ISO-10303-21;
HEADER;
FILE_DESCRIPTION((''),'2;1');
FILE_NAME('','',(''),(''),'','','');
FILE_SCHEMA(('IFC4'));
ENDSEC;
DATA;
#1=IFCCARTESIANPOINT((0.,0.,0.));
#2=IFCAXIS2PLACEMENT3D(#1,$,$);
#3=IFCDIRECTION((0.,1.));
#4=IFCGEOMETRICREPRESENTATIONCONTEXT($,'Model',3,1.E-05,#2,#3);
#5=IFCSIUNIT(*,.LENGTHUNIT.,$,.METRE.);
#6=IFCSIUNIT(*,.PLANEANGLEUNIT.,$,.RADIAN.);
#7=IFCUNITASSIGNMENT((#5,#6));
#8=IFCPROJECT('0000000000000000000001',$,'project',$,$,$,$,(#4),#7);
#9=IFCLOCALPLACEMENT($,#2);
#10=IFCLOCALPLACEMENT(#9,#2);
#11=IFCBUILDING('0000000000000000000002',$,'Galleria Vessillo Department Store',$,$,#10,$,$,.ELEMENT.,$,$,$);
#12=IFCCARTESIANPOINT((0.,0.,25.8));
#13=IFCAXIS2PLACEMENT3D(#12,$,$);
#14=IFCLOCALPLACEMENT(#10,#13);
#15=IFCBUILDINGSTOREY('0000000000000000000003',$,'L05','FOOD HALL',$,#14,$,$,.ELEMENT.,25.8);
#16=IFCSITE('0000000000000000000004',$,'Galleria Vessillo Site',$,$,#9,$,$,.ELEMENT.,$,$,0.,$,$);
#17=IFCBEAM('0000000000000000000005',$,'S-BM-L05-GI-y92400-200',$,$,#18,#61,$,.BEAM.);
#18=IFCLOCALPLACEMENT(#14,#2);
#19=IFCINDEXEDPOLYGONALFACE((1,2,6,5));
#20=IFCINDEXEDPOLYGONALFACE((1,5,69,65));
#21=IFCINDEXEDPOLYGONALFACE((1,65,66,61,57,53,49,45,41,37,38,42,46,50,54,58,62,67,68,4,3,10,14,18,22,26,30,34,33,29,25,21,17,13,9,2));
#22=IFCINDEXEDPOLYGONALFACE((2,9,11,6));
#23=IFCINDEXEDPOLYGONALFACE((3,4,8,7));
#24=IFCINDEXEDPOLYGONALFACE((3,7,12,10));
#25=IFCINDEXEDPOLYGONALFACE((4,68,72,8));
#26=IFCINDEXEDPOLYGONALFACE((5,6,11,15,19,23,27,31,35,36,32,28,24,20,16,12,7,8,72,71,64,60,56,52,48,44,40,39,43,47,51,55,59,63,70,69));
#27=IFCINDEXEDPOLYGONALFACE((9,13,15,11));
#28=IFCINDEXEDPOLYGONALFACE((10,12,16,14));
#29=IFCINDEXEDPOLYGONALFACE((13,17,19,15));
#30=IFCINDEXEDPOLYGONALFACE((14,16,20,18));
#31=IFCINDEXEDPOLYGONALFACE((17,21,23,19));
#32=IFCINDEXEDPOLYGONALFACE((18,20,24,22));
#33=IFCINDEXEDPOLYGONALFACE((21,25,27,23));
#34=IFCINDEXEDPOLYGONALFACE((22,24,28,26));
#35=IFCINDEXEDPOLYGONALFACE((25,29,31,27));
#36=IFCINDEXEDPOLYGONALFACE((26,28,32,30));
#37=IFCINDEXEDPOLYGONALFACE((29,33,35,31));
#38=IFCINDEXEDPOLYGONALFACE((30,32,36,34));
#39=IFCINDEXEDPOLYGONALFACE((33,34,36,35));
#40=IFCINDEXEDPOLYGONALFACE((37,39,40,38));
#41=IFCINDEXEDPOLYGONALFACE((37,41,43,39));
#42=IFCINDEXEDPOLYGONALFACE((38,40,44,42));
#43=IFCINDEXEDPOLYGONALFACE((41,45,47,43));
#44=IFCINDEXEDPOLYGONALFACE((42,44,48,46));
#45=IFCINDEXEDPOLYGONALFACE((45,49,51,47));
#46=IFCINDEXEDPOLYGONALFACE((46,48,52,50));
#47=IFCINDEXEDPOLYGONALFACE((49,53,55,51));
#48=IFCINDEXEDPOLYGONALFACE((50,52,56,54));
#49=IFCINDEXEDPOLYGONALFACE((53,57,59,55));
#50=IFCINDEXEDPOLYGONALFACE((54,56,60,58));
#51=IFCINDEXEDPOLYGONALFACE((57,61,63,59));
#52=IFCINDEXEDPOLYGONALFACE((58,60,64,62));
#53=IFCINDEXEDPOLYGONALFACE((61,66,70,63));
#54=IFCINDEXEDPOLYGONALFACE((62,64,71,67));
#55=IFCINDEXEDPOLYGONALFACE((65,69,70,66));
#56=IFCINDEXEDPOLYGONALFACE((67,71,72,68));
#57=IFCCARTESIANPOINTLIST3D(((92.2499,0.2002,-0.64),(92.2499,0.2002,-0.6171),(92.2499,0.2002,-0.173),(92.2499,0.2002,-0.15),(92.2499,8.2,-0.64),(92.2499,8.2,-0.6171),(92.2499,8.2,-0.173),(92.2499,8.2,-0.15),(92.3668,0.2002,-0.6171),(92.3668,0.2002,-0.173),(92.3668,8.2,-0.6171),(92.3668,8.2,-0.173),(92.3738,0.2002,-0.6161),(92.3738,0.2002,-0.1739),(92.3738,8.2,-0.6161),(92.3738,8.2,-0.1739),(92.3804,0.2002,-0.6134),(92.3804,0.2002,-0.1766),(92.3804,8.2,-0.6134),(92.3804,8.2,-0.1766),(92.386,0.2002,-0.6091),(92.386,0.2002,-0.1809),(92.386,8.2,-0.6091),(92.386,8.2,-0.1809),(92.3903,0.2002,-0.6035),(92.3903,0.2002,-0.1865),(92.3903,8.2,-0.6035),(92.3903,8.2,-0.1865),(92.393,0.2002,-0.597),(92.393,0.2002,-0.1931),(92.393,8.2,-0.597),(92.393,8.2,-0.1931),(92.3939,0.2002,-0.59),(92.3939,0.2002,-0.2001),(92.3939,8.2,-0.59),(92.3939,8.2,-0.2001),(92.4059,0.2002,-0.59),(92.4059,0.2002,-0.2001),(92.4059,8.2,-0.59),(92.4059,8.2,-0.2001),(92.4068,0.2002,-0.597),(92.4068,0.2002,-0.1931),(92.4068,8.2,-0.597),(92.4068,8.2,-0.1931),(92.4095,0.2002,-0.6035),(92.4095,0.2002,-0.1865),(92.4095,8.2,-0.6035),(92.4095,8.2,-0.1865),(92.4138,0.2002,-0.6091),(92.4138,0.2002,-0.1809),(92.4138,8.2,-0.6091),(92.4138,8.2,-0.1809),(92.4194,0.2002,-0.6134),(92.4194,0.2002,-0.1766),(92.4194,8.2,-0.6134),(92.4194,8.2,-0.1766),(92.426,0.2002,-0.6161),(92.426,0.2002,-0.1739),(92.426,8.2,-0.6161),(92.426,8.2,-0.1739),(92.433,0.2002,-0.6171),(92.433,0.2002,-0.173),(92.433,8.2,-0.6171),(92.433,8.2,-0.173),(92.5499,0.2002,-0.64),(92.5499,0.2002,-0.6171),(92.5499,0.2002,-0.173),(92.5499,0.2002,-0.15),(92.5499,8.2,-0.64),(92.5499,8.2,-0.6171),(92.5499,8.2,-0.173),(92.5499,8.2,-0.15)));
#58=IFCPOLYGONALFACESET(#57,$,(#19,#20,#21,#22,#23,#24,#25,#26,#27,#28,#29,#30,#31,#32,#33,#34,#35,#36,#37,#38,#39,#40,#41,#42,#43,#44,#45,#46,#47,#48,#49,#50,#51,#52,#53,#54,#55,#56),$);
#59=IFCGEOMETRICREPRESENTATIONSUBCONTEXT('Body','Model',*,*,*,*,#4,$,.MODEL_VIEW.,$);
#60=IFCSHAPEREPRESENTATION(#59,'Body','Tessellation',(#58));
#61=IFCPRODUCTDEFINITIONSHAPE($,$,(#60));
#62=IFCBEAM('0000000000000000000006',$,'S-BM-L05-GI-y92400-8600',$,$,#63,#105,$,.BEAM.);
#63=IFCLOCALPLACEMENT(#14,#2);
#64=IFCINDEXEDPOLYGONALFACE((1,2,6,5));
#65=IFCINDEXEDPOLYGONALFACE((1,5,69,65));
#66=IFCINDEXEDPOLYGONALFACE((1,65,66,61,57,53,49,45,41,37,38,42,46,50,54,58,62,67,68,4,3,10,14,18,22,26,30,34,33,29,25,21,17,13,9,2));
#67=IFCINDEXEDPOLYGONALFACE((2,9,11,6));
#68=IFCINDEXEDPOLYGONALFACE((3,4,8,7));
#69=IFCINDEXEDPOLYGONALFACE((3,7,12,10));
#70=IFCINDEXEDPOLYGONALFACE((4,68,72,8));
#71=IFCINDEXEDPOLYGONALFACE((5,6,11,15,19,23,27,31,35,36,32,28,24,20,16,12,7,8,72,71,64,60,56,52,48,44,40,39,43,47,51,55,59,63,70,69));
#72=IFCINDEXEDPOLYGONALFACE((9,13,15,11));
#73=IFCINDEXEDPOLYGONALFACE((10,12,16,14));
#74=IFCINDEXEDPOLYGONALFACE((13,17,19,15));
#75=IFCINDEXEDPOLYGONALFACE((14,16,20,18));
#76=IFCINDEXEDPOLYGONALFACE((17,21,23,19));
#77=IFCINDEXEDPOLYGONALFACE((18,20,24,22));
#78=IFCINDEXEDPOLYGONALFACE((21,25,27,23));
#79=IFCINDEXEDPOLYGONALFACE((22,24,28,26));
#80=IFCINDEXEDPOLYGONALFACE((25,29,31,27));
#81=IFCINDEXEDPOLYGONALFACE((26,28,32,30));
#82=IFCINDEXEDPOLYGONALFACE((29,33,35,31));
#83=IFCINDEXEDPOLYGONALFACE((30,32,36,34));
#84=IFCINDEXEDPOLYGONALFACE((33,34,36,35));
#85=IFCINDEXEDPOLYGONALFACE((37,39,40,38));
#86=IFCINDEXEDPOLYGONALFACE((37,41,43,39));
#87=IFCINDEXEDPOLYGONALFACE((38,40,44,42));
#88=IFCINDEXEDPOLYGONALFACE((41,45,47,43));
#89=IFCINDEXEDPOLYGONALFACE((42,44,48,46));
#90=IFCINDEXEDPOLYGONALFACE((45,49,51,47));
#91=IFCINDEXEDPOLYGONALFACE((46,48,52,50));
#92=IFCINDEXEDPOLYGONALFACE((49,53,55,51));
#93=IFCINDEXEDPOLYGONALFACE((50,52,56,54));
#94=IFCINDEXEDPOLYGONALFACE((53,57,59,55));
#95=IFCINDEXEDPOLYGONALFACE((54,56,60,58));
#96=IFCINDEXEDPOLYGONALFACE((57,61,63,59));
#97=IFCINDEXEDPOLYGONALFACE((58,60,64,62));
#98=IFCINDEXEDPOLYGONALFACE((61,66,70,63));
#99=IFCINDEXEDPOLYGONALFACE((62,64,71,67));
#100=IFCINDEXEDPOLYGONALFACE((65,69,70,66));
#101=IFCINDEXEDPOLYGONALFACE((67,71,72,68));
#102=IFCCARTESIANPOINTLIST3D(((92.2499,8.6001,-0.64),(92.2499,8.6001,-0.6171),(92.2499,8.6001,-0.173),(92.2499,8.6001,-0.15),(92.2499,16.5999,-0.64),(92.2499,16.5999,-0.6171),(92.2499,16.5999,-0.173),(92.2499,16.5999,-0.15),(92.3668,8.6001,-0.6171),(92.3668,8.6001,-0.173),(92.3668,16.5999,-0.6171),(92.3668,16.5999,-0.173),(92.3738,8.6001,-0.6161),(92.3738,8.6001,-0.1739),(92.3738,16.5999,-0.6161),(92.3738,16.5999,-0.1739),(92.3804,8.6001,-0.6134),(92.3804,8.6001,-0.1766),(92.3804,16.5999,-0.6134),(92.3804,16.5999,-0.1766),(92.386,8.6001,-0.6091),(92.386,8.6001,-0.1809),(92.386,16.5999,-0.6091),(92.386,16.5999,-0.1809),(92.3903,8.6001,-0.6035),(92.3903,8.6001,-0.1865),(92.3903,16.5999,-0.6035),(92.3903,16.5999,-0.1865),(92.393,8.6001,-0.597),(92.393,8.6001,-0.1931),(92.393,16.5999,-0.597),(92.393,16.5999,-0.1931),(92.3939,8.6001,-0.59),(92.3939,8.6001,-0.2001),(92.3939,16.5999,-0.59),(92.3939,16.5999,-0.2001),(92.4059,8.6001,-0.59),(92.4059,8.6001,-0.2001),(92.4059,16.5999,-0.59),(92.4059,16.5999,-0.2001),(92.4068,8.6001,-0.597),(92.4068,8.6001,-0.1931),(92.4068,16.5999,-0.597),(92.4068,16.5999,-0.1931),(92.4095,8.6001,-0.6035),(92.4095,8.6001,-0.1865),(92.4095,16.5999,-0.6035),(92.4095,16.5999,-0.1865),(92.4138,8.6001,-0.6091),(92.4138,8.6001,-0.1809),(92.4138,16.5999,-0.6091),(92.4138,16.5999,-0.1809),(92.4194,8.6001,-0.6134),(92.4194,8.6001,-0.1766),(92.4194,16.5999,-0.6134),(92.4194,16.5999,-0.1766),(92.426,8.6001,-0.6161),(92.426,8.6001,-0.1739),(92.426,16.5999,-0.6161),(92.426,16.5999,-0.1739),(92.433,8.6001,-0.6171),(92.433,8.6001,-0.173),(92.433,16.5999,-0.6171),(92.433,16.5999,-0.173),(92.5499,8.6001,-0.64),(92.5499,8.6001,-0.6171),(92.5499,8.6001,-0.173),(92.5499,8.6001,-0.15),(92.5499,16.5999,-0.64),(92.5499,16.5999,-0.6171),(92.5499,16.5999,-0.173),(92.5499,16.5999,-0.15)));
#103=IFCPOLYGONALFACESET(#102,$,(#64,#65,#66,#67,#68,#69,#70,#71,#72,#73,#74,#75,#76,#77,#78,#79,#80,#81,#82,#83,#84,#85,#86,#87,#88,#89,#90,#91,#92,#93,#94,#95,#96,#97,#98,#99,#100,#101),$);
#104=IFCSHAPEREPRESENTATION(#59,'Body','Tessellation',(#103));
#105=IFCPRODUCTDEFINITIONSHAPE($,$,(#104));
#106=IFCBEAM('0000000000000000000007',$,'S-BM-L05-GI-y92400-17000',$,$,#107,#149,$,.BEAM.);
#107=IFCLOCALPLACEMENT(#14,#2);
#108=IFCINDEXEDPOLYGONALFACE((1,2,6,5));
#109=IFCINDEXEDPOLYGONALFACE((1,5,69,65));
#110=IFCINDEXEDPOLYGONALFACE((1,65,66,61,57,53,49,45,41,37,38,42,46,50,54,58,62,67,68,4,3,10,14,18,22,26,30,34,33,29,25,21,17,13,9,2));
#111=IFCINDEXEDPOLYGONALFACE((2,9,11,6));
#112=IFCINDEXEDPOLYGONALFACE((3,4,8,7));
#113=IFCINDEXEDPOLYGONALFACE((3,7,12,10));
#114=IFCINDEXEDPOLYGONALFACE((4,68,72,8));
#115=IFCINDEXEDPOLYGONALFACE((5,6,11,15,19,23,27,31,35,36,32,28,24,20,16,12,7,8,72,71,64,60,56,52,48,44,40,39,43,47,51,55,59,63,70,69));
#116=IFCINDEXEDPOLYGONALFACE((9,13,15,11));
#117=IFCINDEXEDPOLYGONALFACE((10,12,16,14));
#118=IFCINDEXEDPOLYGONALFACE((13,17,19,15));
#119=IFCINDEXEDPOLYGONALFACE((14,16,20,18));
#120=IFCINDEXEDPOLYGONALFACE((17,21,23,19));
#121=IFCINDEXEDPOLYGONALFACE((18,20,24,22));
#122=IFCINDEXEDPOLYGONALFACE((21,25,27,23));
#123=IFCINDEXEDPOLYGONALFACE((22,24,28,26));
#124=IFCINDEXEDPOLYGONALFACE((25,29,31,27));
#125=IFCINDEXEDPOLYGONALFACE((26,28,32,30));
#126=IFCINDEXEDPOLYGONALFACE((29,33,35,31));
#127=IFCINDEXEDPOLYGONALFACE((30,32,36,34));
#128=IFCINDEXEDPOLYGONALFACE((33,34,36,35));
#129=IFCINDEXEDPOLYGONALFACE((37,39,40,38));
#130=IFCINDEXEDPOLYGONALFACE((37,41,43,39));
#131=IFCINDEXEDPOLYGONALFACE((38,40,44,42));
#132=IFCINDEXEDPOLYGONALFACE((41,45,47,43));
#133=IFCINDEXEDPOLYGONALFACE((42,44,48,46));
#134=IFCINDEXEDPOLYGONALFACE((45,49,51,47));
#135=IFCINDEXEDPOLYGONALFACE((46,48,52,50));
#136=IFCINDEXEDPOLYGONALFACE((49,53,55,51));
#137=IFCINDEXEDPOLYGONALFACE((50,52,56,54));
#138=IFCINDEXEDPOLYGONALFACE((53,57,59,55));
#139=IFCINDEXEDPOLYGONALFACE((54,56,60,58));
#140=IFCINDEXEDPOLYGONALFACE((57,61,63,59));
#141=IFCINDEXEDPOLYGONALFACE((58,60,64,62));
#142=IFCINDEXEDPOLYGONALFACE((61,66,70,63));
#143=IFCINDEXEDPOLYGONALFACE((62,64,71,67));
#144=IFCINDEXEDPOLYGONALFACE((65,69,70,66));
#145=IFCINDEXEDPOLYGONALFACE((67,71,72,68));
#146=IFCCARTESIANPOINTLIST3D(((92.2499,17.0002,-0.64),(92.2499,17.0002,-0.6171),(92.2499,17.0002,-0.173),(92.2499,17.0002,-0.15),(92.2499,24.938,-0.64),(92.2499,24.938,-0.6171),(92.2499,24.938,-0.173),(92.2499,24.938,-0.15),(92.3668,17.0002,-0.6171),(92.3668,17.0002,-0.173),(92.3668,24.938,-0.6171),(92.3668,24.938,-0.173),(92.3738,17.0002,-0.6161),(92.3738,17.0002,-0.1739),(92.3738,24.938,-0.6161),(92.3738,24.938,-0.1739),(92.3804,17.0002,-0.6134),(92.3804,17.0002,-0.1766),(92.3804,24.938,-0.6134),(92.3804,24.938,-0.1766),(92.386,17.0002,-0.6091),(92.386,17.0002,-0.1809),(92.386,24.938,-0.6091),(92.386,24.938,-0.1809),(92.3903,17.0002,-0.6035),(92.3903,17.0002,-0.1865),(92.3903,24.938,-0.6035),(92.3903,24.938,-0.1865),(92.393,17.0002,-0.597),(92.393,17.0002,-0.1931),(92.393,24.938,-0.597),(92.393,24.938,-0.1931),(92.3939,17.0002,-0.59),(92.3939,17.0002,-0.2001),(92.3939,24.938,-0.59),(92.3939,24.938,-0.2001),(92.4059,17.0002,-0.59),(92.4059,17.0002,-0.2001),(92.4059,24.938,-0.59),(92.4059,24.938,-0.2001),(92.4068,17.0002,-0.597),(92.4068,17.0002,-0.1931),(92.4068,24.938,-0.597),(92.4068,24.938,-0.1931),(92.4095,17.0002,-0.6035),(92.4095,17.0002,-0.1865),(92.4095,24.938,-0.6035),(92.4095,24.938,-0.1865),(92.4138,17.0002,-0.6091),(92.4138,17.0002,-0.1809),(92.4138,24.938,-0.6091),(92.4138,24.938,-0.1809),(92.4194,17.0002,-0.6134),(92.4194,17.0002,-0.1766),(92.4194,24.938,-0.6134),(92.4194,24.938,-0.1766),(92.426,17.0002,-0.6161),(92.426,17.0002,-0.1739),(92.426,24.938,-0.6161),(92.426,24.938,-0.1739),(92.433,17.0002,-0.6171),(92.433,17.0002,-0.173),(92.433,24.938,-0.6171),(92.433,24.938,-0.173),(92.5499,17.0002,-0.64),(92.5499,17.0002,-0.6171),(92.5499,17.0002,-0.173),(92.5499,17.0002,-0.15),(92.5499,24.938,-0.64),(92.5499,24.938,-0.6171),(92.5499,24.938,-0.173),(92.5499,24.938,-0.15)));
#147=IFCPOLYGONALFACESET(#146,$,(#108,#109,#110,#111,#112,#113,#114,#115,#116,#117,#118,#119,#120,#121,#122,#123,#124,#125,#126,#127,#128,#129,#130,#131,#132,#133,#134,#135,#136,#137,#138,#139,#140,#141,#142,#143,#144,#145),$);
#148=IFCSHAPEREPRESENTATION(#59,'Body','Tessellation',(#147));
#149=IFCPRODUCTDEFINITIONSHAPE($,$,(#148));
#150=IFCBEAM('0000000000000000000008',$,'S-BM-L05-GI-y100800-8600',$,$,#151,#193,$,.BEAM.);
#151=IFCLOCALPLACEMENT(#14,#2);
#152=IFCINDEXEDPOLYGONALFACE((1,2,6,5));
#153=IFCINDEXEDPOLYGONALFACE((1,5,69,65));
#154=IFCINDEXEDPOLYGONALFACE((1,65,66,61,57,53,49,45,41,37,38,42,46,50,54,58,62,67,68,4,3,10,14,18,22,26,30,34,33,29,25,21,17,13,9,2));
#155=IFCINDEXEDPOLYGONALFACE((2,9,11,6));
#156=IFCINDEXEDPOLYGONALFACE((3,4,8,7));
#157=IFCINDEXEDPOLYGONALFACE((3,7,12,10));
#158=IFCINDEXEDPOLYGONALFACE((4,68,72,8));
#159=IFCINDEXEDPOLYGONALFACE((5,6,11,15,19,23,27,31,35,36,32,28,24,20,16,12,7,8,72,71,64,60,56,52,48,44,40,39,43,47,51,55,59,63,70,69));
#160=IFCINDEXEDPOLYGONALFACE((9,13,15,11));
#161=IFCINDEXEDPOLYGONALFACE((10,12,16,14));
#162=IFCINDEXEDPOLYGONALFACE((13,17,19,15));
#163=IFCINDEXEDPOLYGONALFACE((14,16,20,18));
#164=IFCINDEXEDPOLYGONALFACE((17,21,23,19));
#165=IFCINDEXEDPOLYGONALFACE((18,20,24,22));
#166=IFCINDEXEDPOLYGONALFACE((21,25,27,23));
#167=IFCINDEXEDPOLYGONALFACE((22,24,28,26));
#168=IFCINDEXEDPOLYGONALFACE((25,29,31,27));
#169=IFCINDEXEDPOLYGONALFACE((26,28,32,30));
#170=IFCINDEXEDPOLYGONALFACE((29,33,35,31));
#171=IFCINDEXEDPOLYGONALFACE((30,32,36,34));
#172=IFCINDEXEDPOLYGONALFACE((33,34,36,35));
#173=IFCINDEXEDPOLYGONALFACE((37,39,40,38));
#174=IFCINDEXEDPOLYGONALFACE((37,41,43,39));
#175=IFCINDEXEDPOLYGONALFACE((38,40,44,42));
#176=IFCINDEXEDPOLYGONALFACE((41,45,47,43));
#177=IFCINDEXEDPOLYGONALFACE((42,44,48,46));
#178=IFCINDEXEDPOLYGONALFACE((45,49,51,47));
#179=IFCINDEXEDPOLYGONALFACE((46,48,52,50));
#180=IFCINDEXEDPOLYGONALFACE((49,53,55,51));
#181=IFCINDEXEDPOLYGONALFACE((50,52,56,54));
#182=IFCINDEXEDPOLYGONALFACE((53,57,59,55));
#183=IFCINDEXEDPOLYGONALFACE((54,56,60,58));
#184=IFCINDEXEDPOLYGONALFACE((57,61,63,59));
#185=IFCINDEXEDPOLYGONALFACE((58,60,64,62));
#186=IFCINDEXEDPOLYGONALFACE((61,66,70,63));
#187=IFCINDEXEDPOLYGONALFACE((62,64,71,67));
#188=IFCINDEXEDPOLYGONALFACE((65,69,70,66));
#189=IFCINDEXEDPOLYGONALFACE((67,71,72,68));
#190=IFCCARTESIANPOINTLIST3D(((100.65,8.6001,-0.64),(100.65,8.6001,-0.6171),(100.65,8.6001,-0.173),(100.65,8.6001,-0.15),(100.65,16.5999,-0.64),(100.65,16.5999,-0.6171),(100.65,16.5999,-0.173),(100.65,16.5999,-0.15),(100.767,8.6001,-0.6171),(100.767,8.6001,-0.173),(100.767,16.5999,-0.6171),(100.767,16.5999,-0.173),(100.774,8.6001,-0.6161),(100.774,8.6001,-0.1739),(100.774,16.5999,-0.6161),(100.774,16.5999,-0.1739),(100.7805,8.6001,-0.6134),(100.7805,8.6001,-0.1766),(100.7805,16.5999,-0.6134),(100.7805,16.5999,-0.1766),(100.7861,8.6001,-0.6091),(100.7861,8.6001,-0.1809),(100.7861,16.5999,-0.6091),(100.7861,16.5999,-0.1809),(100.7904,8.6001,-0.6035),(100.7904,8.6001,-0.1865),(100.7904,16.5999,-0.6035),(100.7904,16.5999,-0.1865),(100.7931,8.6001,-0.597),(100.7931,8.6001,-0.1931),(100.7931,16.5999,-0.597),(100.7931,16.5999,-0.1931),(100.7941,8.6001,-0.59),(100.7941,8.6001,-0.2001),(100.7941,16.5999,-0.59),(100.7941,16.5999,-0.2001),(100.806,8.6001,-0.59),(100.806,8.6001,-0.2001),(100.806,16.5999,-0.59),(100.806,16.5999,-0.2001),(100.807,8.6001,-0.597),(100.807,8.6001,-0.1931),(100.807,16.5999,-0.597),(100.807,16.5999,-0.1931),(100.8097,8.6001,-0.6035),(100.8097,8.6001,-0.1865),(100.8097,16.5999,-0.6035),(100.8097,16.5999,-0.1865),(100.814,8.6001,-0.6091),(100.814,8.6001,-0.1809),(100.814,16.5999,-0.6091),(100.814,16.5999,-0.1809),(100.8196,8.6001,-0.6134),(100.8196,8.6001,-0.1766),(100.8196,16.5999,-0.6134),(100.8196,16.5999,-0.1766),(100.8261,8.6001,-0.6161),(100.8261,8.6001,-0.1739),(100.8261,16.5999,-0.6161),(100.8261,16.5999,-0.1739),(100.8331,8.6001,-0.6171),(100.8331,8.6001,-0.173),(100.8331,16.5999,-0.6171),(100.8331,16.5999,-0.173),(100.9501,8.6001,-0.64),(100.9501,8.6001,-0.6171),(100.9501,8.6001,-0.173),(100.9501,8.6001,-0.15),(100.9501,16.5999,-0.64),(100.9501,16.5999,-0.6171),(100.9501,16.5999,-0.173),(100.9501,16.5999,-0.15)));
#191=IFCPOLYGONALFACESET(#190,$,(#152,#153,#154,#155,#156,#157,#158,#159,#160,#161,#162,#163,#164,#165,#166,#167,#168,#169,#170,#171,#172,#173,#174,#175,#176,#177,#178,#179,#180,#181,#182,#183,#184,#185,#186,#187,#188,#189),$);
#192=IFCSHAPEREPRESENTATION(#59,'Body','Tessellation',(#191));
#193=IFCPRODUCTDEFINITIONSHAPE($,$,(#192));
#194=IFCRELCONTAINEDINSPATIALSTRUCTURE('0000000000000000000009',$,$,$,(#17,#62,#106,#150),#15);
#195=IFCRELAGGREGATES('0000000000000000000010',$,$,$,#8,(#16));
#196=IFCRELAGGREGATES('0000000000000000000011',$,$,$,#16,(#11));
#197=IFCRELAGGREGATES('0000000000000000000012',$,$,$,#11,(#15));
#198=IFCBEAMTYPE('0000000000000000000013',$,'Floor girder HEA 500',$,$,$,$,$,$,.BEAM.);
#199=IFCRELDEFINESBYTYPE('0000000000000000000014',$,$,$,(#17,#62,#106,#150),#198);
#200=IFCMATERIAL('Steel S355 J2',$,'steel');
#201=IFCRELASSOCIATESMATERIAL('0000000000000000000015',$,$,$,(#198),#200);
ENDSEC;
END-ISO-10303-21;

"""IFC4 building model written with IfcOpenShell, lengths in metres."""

from ifc_helpers import new_model, si_unit, direction, frame, origin, origin_2d, place, context, subcontext, project, spatial, i_section, extrude, material, material_profile, profile_set, type_object, element, save


model = new_model("IFC4")

# Units and contexts
model_context = context("Model", 3, precision=1e-05, world=origin(), true_north=direction((0.0, 1.0)))
body_context = subcontext(model_context, "Body", "Model", "MODEL_VIEW")
ifc_project = project(units=[si_unit("LENGTHUNIT", "METRE"), si_unit("PLANEANGLEUNIT", "RADIAN")], contexts=[model_context])

# Site, building, storey
site_placement = place(None, origin())
site = spatial("IfcSite", under=ifc_project, at=site_placement, Name="Galleria Vessillo Site", CompositionType="ELEMENT", RefElevation=0.0)
building_placement = place(site_placement, origin())
building = spatial("IfcBuilding", under=site, at=building_placement, Name="Galleria Vessillo Department Store", CompositionType="ELEMENT")
storey_placement = place(building_placement, frame((0.0, 0.0, 25.8)))
storey = spatial("IfcBuildingStorey", under=building, at=storey_placement, Name="L05", Description="FOOD HALL", CompositionType="ELEMENT", Elevation=25.8)

# Beams
ifc_material_1 = material(Name="Steel S355 J2", Category="steel")
ifc_material_profile_1 = material_profile(ifc_material_1, i_section(OverallWidth=0.3, OverallDepth=0.49, WebThickness=0.012, FlangeThickness=0.0229, FilletRadius=0.0271, at=origin_2d()), Name="HEA 500")
ifc_profile_set_1 = profile_set([ifc_material_profile_1], Name="Steel S355 J2")
beam_type_1 = type_object("IfcBeamType", Name="Floor girder HEA 500", PredefinedType="BEAM", material=ifc_profile_set_1)
for number, where, z_axis, x_axis, name in (
    (1, (92.3999, 0.2002, -0.395), (0.0, 1.0, 0.0), (-1.0, 0.0, 0.0), "S-BM-L05-GI-y92400-200"),
    (2, (92.3999, 8.6001, -0.395), (0.0, 1.0, 0.0), (-1.0, 0.0, 0.0), "S-BM-L05-GI-y92400-8600"),
):
    element("IfcBeam", number, at=place(storey_placement, frame(where, z_axis=z_axis, x_axis=x_axis)), inside=storey, type_object=beam_type_1, Name=name, PredefinedType="BEAM", context=body_context, shape_type="SweptSolid", body=[
        extrude(i_section(OverallWidth=0.3, OverallDepth=0.49, WebThickness=0.012, FlangeThickness=0.0229, FilletRadius=0.0271, at=origin_2d()), origin(), (0.0, 0.0, 1.0), 7.9998),
    ])
beam_1_placement = place(storey_placement, frame((92.3999, 17.0002, -0.395), z_axis=(0.0, 1.0, 0.0), x_axis=(-1.0, 0.0, 0.0)))
element("IfcBeam", 3, at=beam_1_placement, inside=storey, type_object=beam_type_1, Name="S-BM-L05-GI-y92400-17000", PredefinedType="BEAM", context=body_context, shape_type="SweptSolid", body=[
    extrude(i_section(OverallWidth=0.3, OverallDepth=0.49, WebThickness=0.012, FlangeThickness=0.0229, FilletRadius=0.0271, at=origin_2d()), origin(), (0.0, 0.0, 1.0), 7.9377),
])
beam_2_placement = place(storey_placement, frame((100.8, 8.6001, -0.395), z_axis=(0.0, 1.0, 0.0), x_axis=(-1.0, 0.0, 0.0)))
element("IfcBeam", 4, at=beam_2_placement, inside=storey, type_object=beam_type_1, Name="S-BM-L05-GI-y100800-8600", PredefinedType="BEAM", context=body_context, shape_type="SweptSolid", body=[
    extrude(i_section(OverallWidth=0.3, OverallDepth=0.49, WebThickness=0.012, FlangeThickness=0.0229, FilletRadius=0.0271, at=origin_2d()), origin(), (0.0, 0.0, 1.0), 7.9998),
])

save(model, "model.ifc")
